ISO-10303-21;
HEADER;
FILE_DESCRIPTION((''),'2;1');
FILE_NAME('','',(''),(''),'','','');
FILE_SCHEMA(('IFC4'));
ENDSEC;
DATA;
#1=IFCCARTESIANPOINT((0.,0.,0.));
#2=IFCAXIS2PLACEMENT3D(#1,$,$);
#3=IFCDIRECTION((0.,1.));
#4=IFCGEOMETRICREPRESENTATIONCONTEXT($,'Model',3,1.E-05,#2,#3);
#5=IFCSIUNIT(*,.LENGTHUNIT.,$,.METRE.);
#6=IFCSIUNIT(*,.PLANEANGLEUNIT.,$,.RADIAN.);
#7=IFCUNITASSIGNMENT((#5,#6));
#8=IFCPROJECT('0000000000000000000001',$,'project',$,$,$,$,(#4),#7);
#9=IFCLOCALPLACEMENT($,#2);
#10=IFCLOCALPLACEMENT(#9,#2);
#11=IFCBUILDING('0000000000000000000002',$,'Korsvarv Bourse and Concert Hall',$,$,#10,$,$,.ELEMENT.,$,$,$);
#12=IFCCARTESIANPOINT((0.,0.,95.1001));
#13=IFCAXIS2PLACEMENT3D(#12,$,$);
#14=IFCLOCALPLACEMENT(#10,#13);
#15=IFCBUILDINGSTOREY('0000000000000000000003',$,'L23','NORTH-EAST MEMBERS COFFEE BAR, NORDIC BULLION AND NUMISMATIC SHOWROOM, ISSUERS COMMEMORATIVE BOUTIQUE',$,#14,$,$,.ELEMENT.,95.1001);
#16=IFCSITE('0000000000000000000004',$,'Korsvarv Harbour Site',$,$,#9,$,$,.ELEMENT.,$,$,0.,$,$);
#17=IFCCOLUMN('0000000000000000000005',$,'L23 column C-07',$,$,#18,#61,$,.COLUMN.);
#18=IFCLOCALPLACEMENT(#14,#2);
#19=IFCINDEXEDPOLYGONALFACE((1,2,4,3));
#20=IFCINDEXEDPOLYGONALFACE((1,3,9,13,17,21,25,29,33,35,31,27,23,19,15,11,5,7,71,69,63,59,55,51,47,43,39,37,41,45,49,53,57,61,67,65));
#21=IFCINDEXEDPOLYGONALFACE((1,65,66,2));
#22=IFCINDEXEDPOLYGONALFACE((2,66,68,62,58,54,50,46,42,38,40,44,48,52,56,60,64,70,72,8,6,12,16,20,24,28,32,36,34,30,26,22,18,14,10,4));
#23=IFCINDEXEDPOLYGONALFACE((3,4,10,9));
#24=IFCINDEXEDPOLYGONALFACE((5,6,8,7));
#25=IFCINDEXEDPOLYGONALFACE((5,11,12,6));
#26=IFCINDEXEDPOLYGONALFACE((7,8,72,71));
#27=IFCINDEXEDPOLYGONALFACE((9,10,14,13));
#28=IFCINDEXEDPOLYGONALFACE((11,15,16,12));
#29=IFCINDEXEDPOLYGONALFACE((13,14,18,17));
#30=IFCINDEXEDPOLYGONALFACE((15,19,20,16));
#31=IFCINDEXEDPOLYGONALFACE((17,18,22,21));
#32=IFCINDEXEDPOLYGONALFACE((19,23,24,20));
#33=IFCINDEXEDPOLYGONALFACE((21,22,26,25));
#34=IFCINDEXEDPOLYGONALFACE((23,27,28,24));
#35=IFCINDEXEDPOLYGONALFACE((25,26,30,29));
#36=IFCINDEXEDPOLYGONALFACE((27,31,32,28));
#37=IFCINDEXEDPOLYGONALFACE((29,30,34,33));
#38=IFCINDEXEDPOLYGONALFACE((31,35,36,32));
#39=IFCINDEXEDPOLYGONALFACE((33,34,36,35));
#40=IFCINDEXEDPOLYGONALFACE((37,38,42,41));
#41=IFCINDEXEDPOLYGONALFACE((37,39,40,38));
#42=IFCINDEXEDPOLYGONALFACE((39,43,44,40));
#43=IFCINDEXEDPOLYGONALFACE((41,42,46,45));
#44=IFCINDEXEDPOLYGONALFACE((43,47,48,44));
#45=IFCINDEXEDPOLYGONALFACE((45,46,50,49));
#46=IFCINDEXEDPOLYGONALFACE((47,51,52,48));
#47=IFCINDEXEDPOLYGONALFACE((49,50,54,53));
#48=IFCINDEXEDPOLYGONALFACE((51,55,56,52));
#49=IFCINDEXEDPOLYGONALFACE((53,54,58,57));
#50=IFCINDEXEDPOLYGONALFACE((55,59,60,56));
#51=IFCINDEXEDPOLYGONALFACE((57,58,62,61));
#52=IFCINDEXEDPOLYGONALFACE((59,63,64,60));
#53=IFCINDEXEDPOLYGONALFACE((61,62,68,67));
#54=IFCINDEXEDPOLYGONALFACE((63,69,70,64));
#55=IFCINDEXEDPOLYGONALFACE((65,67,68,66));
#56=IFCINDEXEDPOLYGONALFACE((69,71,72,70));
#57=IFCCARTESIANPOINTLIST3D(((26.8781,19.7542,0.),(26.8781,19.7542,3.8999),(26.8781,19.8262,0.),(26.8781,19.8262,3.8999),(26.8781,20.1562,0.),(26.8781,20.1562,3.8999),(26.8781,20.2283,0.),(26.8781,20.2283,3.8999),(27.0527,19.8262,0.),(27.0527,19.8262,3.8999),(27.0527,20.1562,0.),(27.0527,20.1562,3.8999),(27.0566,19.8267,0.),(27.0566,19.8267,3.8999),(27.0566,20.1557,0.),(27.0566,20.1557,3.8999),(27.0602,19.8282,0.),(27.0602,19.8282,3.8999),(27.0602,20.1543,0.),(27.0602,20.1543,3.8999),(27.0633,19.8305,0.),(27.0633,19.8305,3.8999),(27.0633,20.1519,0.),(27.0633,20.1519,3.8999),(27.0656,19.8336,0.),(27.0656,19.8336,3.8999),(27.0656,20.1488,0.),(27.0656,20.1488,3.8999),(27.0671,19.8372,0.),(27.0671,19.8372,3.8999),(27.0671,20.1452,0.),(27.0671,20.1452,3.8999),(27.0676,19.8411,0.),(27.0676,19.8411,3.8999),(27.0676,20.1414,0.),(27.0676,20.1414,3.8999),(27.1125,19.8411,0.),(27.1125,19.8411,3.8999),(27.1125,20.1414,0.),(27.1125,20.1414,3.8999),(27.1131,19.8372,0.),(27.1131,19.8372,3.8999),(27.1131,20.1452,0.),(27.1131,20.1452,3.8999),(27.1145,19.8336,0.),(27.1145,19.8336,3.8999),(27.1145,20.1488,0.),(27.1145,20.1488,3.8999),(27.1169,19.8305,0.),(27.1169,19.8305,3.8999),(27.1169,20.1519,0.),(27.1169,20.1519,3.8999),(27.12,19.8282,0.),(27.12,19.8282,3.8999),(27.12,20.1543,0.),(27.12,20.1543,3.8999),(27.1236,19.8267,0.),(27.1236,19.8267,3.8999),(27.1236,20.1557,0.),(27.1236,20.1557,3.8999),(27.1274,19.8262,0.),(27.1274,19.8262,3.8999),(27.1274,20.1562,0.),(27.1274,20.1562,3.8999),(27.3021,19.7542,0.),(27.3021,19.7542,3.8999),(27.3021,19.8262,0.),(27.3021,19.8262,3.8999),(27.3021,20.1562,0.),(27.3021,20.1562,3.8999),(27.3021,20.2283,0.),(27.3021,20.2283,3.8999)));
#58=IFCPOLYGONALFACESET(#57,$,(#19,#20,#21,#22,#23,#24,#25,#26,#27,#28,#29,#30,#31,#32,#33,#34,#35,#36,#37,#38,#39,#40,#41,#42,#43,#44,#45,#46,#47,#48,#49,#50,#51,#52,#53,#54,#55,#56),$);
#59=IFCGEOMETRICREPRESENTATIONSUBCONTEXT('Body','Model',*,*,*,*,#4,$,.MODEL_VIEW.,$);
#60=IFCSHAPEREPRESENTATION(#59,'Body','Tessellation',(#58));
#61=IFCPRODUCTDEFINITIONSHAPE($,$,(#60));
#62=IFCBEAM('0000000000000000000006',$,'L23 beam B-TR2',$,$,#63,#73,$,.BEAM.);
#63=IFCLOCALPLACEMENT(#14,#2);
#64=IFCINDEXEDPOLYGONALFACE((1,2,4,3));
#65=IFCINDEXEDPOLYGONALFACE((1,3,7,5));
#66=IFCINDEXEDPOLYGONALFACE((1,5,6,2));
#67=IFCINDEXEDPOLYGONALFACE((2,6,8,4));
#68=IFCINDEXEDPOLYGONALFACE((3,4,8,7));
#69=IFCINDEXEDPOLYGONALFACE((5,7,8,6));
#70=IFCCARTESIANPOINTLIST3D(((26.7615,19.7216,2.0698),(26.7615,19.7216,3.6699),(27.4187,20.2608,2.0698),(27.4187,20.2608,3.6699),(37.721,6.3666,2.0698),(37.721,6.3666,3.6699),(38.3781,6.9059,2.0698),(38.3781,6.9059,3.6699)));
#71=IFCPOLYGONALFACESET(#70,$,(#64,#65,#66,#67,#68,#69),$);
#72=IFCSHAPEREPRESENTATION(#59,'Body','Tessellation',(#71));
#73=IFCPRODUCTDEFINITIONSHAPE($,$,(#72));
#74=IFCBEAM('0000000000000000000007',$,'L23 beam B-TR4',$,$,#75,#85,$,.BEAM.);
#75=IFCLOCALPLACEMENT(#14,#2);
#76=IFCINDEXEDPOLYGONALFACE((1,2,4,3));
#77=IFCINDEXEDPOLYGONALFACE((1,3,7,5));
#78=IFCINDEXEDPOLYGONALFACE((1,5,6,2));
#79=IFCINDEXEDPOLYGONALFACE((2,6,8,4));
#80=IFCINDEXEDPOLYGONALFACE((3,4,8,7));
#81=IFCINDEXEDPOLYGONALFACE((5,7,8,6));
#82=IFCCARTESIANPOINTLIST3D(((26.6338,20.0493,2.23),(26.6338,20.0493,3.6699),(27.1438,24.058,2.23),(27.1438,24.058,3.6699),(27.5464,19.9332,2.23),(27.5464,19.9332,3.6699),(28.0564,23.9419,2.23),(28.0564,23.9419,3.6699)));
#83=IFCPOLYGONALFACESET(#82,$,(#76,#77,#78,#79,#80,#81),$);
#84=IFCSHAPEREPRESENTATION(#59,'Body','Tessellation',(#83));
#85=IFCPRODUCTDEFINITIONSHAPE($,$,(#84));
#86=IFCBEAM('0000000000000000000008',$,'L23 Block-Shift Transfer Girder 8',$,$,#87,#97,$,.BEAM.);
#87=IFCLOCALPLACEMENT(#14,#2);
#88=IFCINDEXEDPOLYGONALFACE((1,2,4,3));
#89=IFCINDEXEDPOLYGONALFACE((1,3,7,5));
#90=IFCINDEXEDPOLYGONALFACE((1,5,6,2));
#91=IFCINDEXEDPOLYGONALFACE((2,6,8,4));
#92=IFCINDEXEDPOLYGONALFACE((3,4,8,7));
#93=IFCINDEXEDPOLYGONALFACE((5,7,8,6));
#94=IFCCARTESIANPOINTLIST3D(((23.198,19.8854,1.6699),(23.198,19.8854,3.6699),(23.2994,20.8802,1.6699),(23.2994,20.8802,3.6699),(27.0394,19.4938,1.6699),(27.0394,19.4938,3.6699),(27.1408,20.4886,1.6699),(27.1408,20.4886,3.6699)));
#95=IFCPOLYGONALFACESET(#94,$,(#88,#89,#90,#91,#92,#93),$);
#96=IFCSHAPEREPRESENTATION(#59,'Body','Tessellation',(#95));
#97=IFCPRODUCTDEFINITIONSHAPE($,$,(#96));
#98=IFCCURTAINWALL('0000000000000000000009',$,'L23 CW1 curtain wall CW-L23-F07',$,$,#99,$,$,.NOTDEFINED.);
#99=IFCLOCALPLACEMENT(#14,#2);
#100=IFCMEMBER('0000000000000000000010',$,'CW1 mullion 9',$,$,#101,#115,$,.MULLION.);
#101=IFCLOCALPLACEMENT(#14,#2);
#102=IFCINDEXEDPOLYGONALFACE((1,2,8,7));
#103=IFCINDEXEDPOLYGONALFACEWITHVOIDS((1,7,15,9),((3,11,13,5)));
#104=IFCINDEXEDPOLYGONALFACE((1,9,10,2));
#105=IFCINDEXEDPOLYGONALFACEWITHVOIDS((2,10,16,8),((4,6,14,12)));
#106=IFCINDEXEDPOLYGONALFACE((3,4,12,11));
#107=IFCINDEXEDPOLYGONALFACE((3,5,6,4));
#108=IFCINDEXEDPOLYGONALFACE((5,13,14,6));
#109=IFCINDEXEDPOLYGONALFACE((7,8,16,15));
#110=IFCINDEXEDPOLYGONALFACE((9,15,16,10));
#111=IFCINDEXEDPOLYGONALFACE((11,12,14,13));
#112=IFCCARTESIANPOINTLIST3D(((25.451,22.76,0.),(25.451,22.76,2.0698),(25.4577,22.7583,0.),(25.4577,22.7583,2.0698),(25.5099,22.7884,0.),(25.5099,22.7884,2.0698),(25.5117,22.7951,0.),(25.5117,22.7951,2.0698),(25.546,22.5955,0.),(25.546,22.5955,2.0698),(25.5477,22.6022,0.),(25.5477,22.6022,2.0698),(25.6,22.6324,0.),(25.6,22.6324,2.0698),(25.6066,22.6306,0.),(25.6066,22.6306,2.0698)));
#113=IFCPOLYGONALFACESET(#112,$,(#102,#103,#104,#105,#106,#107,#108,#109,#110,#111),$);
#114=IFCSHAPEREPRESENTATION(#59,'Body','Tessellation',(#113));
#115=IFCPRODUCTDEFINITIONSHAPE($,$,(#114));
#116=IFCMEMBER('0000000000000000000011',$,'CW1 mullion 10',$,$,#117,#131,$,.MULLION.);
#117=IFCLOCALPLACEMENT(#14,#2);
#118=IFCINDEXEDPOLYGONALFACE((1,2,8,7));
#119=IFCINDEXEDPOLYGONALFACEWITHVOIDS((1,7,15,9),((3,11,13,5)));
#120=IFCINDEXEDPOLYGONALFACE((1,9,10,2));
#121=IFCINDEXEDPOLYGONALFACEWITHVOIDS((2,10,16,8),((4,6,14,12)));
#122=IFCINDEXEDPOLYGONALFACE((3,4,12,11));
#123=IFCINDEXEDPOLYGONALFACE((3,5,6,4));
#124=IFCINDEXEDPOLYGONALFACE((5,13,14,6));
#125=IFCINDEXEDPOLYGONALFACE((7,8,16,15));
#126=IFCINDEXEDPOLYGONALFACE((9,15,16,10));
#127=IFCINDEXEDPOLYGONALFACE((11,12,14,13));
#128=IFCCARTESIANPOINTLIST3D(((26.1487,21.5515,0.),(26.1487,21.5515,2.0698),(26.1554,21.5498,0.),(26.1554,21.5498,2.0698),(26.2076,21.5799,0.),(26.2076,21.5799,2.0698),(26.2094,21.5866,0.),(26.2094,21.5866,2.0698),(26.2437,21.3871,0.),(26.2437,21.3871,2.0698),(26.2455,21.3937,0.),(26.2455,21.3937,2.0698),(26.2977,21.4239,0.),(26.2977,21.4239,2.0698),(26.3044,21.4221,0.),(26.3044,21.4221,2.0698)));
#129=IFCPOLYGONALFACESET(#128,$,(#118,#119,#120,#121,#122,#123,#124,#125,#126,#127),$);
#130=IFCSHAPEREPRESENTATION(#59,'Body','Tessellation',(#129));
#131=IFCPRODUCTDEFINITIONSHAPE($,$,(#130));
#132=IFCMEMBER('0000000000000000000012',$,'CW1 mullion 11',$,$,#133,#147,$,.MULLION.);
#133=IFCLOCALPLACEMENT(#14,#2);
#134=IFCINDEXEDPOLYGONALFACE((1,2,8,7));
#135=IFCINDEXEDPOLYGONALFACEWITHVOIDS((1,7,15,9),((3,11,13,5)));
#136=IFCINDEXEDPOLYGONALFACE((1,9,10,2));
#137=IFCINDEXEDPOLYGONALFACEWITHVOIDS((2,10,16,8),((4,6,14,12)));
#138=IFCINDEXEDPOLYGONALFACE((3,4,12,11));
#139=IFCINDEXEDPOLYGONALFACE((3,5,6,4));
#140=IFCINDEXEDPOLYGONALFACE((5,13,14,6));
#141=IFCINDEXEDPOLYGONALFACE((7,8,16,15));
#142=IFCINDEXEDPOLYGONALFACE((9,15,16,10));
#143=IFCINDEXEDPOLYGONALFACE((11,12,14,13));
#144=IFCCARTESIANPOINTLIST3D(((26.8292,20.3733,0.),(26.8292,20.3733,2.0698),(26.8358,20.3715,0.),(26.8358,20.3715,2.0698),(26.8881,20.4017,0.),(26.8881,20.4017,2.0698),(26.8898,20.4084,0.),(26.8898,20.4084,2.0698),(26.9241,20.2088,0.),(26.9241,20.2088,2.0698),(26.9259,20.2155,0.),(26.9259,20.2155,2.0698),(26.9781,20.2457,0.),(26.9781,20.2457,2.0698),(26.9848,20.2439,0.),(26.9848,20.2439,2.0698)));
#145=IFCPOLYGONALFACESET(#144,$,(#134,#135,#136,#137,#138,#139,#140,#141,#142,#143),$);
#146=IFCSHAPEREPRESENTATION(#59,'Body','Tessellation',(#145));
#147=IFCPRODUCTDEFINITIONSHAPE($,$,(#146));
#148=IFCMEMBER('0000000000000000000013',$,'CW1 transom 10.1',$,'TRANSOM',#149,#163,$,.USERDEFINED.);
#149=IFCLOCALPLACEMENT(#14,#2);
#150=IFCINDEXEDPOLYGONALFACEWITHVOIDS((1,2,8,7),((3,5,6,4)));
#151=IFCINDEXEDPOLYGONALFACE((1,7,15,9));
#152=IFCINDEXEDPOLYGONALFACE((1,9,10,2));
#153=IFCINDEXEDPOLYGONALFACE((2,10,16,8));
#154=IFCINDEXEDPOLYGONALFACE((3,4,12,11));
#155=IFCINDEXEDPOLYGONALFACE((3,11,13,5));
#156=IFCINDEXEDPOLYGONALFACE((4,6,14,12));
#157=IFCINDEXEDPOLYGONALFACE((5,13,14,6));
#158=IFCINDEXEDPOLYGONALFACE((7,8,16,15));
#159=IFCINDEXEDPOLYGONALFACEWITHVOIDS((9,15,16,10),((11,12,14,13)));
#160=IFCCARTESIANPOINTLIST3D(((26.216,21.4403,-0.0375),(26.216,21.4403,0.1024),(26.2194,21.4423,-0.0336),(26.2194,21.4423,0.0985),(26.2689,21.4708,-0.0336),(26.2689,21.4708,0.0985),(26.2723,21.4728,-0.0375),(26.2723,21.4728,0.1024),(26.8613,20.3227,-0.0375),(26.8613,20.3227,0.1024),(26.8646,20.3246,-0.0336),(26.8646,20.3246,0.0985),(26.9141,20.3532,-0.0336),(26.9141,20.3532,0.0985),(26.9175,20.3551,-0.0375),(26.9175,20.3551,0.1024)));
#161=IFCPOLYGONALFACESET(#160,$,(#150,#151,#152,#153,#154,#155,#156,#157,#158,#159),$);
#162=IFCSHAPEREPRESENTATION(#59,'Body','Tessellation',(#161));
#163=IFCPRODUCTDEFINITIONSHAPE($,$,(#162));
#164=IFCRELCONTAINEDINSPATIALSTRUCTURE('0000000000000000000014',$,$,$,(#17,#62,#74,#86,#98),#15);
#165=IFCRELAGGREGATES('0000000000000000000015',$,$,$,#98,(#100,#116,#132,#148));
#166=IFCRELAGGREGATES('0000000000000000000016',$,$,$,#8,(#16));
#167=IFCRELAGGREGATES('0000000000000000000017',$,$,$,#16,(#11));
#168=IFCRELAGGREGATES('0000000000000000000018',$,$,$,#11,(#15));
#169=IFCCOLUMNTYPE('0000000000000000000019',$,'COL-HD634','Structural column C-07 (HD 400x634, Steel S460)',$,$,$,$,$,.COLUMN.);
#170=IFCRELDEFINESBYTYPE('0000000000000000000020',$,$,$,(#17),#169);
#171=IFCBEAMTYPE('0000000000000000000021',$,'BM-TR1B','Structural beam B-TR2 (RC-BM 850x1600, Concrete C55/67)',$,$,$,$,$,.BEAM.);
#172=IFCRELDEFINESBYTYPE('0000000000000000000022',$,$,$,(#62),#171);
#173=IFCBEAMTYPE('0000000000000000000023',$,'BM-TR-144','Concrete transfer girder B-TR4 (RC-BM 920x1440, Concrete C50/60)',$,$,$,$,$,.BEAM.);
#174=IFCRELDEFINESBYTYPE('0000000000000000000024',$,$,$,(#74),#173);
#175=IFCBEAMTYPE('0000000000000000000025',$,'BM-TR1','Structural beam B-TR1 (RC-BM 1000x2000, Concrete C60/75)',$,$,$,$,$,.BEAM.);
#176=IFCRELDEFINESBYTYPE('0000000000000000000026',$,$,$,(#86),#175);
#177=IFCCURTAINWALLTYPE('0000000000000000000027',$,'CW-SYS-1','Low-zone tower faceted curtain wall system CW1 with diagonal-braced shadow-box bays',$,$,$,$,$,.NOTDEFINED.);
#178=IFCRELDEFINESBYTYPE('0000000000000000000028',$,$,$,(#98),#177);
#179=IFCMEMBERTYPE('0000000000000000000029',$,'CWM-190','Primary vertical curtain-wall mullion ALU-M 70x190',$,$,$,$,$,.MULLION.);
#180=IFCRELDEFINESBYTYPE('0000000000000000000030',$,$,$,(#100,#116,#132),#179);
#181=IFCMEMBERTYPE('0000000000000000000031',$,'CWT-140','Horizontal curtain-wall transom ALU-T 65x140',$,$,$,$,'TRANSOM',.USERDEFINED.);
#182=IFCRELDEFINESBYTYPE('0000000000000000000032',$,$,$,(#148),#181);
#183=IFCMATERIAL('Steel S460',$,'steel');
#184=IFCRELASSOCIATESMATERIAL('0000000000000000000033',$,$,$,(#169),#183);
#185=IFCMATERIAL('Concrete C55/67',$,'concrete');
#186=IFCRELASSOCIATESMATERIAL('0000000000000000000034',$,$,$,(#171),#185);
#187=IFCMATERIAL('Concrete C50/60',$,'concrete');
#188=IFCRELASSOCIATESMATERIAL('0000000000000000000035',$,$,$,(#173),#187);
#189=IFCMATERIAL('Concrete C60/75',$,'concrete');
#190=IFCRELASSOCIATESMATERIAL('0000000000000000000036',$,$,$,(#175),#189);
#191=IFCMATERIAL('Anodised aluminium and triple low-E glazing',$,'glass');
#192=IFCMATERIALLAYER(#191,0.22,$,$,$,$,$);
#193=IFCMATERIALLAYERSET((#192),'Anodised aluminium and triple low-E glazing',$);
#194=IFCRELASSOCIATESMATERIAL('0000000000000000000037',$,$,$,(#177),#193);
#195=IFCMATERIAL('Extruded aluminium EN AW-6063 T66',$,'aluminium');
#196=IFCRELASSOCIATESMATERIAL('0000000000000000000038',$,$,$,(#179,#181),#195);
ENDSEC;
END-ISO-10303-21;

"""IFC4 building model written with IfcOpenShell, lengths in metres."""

from ifc_helpers import new_model, si_unit, direction, frame, origin, origin_2d, place, context, subcontext, project, spatial, rectangle, hollow_rectangle, i_section, extrude, source, transform, mapped, material, layer, layer_set, material_profile, profile_set, type_object, element, aggregate, save


model = new_model("IFC4")

# Units and contexts
model_context = context("Model", 3, precision=1e-05, world=origin(), true_north=direction((0.0, 1.0)))
body_context = subcontext(model_context, "Body", "Model", "MODEL_VIEW")
ifc_project = project(units=[si_unit("LENGTHUNIT", "METRE"), si_unit("PLANEANGLEUNIT", "RADIAN")], contexts=[model_context])

# Site, building, storey
site_placement = place(None, origin())
site = spatial("IfcSite", under=ifc_project, at=site_placement, Name="Korsvarv Harbour Site", CompositionType="ELEMENT", RefElevation=0.0)
building_placement = place(site_placement, origin())
building = spatial("IfcBuilding", under=site, at=building_placement, Name="Korsvarv Bourse and Concert Hall", CompositionType="ELEMENT")
storey_placement = place(building_placement, frame((0.0, 0.0, 95.1001)))
storey = spatial("IfcBuildingStorey", under=building, at=storey_placement, Name="L23", Description="NORTH-EAST MEMBERS COFFEE BAR, NORDIC BULLION AND NUMISMATIC SHOWROOM, ISSUERS COMMEMORATIVE BOUTIQUE", CompositionType="ELEMENT", Elevation=95.1001)

# Column
ifc_material_1 = material(Name="Steel S460", Category="steel")
ifc_material_profile_1 = material_profile(ifc_material_1, i_section(OverallWidth=0.4241, OverallDepth=0.4741, WebThickness=0.0449, FlangeThickness=0.072, FilletRadius=0.0149, at=origin_2d()), Name="HD 400x634")
ifc_profile_set_1 = profile_set([ifc_material_profile_1], Name="Steel S460")
column_type = type_object("IfcColumnType", Name="COL-HD634", Description="Structural column C-07 (HD 400x634, Steel S460)", PredefinedType="COLUMN", material=ifc_profile_set_1)
shared_shape_1 = source(origin(), body_context, "Body", "SweptSolid", [
    extrude(i_section(OverallWidth=0.4241, OverallDepth=0.4741, WebThickness=0.0449, FlangeThickness=0.072, FilletRadius=0.0149, at=origin_2d()), origin(), (0.0, 0.0, 1.0), 3.8999),
])
column_placement = place(storey_placement, frame((27.0901, 19.9912, 0.0), z_axis=(0.0, 0.0, 1.0), x_axis=(1.0, 0.0, 0.0)))
element("IfcColumn", 1, at=column_placement, inside=storey, type_object=column_type, Name="L23 column C-07", PredefinedType="COLUMN", context=body_context, shape_type="MappedRepresentation", body=[
    mapped(shared_shape_1, transform((0.0, 0.0, 0.0), scale=1.0)),
])

# Beams
ifc_material_2 = material(Name="Concrete C55/67", Category="concrete")
ifc_material_profile_2 = material_profile(ifc_material_2, rectangle(XDim=0.8501, YDim=1.6001, at=origin_2d()), Name="RC-BM 850x1600")
ifc_profile_set_2 = profile_set([ifc_material_profile_2], Name="Concrete C55/67")
beam_type_1 = type_object("IfcBeamType", Name="BM-TR1B", Description="Structural beam B-TR2 (RC-BM 850x1600, Concrete C55/67)", PredefinedType="BEAM", material=ifc_profile_set_2)
shared_shape_2 = source(origin(), body_context, "Body", "SweptSolid", [
    extrude(rectangle(XDim=0.8501, YDim=1.6001, at=origin_2d()), origin(), (0.0, 0.0, 1.0), 17.2761),
])
beam_1_placement = place(storey_placement, frame((27.0901, 19.9912, 2.8699), z_axis=(0.63437, -0.77303, 0.0), x_axis=(0.77303, 0.63437, 0.0)))
element("IfcBeam", 2, at=beam_1_placement, inside=storey, type_object=beam_type_1, Name="L23 beam B-TR2", PredefinedType="BEAM", context=body_context, shape_type="MappedRepresentation", body=[
    mapped(shared_shape_2, transform((0.0, 0.0, 0.0), scale=1.0)),
])
ifc_material_3 = material(Name="Concrete C50/60", Category="concrete")
ifc_material_profile_3 = material_profile(ifc_material_3, rectangle(XDim=0.9199, YDim=1.4399, at=origin_2d()), Name="RC-BM 920x1440")
ifc_profile_set_3 = profile_set([ifc_material_profile_3], Name="Concrete C50/60")
beam_type_2 = type_object("IfcBeamType", Name="BM-TR-144", Description="Concrete transfer girder B-TR4 (RC-BM 920x1440, Concrete C50/60)", PredefinedType="BEAM", material=ifc_profile_set_3)
shared_shape_3 = source(origin(), body_context, "Body", "SweptSolid", [
    extrude(rectangle(XDim=0.9199, YDim=1.4399, at=origin_2d()), origin(), (0.0, 0.0, 1.0), 4.041),
])
beam_2_placement = place(storey_placement, frame((27.0901, 19.9912, 2.95), z_axis=(0.126206, 0.992004, 0.0), x_axis=(-0.992004, 0.126206, 0.0)))
element("IfcBeam", 3, at=beam_2_placement, inside=storey, type_object=beam_type_2, Name="L23 beam B-TR4", PredefinedType="BEAM", context=body_context, shape_type="MappedRepresentation", body=[
    mapped(shared_shape_3, transform((0.0, 0.0, 0.0), scale=1.0)),
])
ifc_material_4 = material(Name="Concrete C60/75", Category="concrete")
ifc_material_profile_4 = material_profile(ifc_material_4, rectangle(XDim=1.0, YDim=2.0, at=origin_2d()), Name="RC-BM 1000x2000")
ifc_profile_set_4 = profile_set([ifc_material_profile_4], Name="Concrete C60/75")
beam_type_3 = type_object("IfcBeamType", Name="BM-TR1", Description="Structural beam B-TR1 (RC-BM 1000x2000, Concrete C60/75)", PredefinedType="BEAM", material=ifc_profile_set_4)
shared_shape_4 = source(origin(), body_context, "Body", "SweptSolid", [
    extrude(rectangle(XDim=1.0, YDim=2.0, at=origin_2d()), origin(), (0.0, 0.0, 1.0), 3.8613),
])
beam_3_placement = place(storey_placement, frame((27.0901, 19.9912, 2.6699), z_axis=(-0.994844, 0.101419, 0.0), x_axis=(-0.101419, -0.994844, 0.0)))
element("IfcBeam", 4, at=beam_3_placement, inside=storey, type_object=beam_type_3, Name="L23 Block-Shift Transfer Girder 8", PredefinedType="BEAM", context=body_context, shape_type="MappedRepresentation", body=[
    mapped(shared_shape_4, transform((0.0, 0.0, 0.0), scale=1.0)),
])

# Curtain wall, members
ifc_material_5 = material(Name="Anodised aluminium and triple low-E glazing", Category="glass")
ifc_layer_1 = layer(ifc_material_5, 0.22)
ifc_layer_set_1 = layer_set([ifc_layer_1], Name="Anodised aluminium and triple low-E glazing")
curtain_wall_type = type_object("IfcCurtainWallType", Name="CW-SYS-1", Description="Low-zone tower faceted curtain wall system CW1 with diagonal-braced shadow-box bays", PredefinedType="NOTDEFINED", material=ifc_layer_set_1)
curtain_wall_placement = place(storey_placement, origin())
curtain_wall = element("IfcCurtainWall", 5, at=curtain_wall_placement, inside=storey, type_object=curtain_wall_type, Name="L23 CW1 curtain wall CW-L23-F07", PredefinedType="NOTDEFINED")
ifc_material_6 = material(Name="Extruded aluminium EN AW-6063 T66", Category="aluminium")
ifc_material_profile_5 = material_profile(ifc_material_6, hollow_rectangle(XDim=0.0701, YDim=0.1899, WallThickness=0.0049, at=origin_2d()), Name="ALU-M 70x190")
ifc_profile_set_5 = profile_set([ifc_material_profile_5], Name="Extruded aluminium EN AW-6063 T66")
member_type_1 = type_object("IfcMemberType", Name="CWM-190", Description="Primary vertical curtain-wall mullion ALU-M 70x190", PredefinedType="MULLION", material=ifc_profile_set_5)
shared_shape_5 = source(origin(), body_context, "Body", "SweptSolid", [
    extrude(hollow_rectangle(XDim=0.0701, YDim=0.1899, WallThickness=0.0049, at=origin_2d()), origin(), (0.0, 0.0, 1.0), 2.0698),
])
member_1_placement = place(storey_placement, frame((25.5288, 22.6953, 0.0), z_axis=(0.0, 0.0, 1.0), x_axis=(0.866026, 0.499999, 0.0)))
member_1 = element("IfcMember", 6, at=member_1_placement, type_object=member_type_1, Name="CW1 mullion 9", PredefinedType="MULLION", context=body_context, shape_type="MappedRepresentation", body=[
    mapped(shared_shape_5, transform((0.0, 0.0, 0.0), scale=1.0)),
])
member_2_placement = place(storey_placement, frame((26.2266, 21.4868, 0.0), z_axis=(0.0, 0.0, 1.0), x_axis=(0.866026, 0.499999, 0.0)))
member_2 = element("IfcMember", 7, at=member_2_placement, type_object=member_type_1, Name="CW1 mullion 10", PredefinedType="MULLION", context=body_context, shape_type="MappedRepresentation", body=[
    mapped(shared_shape_5, transform((0.0, 0.0, 0.0), scale=1.0)),
])
member_3_placement = place(storey_placement, frame((26.907, 20.3086, 0.0), z_axis=(0.0, 0.0, 1.0), x_axis=(0.866026, 0.499999, 0.0)))
member_3 = element("IfcMember", 8, at=member_3_placement, type_object=member_type_1, Name="CW1 mullion 11", PredefinedType="MULLION", context=body_context, shape_type="MappedRepresentation", body=[
    mapped(shared_shape_5, transform((0.0, 0.0, 0.0), scale=1.0)),
])
ifc_material_profile_6 = material_profile(ifc_material_6, hollow_rectangle(XDim=0.0649, YDim=0.1399, WallThickness=0.0039, at=origin_2d()), Name="ALU-T 65x140")
ifc_profile_set_6 = profile_set([ifc_material_profile_6], Name="Extruded aluminium EN AW-6063 T66")
member_type_2 = type_object("IfcMemberType", Name="CWT-140", Description="Horizontal curtain-wall transom ALU-T 65x140", ElementType="TRANSOM", PredefinedType="USERDEFINED", material=ifc_profile_set_6)
shared_shape_6 = source(origin(), body_context, "Body", "SweptSolid", [
    extrude(hollow_rectangle(XDim=0.0649, YDim=0.1399, WallThickness=0.0039, at=origin_2d()), origin(), (0.0, 0.0, 1.0), 1.2905),
])
member_4_placement = place(storey_placement, frame((26.2441, 21.4565, 0.0325), z_axis=(0.499984, -0.866034, 0.0), x_axis=(0.866034, 0.499984, 0.0)))
member_4 = element("IfcMember", 9, at=member_4_placement, type_object=member_type_2, Name="CW1 transom 10.1", ObjectType="TRANSOM", PredefinedType="USERDEFINED", context=body_context, shape_type="MappedRepresentation", body=[
    mapped(shared_shape_6, transform((0.0, 0.0, 0.0), scale=1.0)),
])

aggregate(curtain_wall, [member_1, member_2, member_3, member_4])

save(model, "model.ifc")
